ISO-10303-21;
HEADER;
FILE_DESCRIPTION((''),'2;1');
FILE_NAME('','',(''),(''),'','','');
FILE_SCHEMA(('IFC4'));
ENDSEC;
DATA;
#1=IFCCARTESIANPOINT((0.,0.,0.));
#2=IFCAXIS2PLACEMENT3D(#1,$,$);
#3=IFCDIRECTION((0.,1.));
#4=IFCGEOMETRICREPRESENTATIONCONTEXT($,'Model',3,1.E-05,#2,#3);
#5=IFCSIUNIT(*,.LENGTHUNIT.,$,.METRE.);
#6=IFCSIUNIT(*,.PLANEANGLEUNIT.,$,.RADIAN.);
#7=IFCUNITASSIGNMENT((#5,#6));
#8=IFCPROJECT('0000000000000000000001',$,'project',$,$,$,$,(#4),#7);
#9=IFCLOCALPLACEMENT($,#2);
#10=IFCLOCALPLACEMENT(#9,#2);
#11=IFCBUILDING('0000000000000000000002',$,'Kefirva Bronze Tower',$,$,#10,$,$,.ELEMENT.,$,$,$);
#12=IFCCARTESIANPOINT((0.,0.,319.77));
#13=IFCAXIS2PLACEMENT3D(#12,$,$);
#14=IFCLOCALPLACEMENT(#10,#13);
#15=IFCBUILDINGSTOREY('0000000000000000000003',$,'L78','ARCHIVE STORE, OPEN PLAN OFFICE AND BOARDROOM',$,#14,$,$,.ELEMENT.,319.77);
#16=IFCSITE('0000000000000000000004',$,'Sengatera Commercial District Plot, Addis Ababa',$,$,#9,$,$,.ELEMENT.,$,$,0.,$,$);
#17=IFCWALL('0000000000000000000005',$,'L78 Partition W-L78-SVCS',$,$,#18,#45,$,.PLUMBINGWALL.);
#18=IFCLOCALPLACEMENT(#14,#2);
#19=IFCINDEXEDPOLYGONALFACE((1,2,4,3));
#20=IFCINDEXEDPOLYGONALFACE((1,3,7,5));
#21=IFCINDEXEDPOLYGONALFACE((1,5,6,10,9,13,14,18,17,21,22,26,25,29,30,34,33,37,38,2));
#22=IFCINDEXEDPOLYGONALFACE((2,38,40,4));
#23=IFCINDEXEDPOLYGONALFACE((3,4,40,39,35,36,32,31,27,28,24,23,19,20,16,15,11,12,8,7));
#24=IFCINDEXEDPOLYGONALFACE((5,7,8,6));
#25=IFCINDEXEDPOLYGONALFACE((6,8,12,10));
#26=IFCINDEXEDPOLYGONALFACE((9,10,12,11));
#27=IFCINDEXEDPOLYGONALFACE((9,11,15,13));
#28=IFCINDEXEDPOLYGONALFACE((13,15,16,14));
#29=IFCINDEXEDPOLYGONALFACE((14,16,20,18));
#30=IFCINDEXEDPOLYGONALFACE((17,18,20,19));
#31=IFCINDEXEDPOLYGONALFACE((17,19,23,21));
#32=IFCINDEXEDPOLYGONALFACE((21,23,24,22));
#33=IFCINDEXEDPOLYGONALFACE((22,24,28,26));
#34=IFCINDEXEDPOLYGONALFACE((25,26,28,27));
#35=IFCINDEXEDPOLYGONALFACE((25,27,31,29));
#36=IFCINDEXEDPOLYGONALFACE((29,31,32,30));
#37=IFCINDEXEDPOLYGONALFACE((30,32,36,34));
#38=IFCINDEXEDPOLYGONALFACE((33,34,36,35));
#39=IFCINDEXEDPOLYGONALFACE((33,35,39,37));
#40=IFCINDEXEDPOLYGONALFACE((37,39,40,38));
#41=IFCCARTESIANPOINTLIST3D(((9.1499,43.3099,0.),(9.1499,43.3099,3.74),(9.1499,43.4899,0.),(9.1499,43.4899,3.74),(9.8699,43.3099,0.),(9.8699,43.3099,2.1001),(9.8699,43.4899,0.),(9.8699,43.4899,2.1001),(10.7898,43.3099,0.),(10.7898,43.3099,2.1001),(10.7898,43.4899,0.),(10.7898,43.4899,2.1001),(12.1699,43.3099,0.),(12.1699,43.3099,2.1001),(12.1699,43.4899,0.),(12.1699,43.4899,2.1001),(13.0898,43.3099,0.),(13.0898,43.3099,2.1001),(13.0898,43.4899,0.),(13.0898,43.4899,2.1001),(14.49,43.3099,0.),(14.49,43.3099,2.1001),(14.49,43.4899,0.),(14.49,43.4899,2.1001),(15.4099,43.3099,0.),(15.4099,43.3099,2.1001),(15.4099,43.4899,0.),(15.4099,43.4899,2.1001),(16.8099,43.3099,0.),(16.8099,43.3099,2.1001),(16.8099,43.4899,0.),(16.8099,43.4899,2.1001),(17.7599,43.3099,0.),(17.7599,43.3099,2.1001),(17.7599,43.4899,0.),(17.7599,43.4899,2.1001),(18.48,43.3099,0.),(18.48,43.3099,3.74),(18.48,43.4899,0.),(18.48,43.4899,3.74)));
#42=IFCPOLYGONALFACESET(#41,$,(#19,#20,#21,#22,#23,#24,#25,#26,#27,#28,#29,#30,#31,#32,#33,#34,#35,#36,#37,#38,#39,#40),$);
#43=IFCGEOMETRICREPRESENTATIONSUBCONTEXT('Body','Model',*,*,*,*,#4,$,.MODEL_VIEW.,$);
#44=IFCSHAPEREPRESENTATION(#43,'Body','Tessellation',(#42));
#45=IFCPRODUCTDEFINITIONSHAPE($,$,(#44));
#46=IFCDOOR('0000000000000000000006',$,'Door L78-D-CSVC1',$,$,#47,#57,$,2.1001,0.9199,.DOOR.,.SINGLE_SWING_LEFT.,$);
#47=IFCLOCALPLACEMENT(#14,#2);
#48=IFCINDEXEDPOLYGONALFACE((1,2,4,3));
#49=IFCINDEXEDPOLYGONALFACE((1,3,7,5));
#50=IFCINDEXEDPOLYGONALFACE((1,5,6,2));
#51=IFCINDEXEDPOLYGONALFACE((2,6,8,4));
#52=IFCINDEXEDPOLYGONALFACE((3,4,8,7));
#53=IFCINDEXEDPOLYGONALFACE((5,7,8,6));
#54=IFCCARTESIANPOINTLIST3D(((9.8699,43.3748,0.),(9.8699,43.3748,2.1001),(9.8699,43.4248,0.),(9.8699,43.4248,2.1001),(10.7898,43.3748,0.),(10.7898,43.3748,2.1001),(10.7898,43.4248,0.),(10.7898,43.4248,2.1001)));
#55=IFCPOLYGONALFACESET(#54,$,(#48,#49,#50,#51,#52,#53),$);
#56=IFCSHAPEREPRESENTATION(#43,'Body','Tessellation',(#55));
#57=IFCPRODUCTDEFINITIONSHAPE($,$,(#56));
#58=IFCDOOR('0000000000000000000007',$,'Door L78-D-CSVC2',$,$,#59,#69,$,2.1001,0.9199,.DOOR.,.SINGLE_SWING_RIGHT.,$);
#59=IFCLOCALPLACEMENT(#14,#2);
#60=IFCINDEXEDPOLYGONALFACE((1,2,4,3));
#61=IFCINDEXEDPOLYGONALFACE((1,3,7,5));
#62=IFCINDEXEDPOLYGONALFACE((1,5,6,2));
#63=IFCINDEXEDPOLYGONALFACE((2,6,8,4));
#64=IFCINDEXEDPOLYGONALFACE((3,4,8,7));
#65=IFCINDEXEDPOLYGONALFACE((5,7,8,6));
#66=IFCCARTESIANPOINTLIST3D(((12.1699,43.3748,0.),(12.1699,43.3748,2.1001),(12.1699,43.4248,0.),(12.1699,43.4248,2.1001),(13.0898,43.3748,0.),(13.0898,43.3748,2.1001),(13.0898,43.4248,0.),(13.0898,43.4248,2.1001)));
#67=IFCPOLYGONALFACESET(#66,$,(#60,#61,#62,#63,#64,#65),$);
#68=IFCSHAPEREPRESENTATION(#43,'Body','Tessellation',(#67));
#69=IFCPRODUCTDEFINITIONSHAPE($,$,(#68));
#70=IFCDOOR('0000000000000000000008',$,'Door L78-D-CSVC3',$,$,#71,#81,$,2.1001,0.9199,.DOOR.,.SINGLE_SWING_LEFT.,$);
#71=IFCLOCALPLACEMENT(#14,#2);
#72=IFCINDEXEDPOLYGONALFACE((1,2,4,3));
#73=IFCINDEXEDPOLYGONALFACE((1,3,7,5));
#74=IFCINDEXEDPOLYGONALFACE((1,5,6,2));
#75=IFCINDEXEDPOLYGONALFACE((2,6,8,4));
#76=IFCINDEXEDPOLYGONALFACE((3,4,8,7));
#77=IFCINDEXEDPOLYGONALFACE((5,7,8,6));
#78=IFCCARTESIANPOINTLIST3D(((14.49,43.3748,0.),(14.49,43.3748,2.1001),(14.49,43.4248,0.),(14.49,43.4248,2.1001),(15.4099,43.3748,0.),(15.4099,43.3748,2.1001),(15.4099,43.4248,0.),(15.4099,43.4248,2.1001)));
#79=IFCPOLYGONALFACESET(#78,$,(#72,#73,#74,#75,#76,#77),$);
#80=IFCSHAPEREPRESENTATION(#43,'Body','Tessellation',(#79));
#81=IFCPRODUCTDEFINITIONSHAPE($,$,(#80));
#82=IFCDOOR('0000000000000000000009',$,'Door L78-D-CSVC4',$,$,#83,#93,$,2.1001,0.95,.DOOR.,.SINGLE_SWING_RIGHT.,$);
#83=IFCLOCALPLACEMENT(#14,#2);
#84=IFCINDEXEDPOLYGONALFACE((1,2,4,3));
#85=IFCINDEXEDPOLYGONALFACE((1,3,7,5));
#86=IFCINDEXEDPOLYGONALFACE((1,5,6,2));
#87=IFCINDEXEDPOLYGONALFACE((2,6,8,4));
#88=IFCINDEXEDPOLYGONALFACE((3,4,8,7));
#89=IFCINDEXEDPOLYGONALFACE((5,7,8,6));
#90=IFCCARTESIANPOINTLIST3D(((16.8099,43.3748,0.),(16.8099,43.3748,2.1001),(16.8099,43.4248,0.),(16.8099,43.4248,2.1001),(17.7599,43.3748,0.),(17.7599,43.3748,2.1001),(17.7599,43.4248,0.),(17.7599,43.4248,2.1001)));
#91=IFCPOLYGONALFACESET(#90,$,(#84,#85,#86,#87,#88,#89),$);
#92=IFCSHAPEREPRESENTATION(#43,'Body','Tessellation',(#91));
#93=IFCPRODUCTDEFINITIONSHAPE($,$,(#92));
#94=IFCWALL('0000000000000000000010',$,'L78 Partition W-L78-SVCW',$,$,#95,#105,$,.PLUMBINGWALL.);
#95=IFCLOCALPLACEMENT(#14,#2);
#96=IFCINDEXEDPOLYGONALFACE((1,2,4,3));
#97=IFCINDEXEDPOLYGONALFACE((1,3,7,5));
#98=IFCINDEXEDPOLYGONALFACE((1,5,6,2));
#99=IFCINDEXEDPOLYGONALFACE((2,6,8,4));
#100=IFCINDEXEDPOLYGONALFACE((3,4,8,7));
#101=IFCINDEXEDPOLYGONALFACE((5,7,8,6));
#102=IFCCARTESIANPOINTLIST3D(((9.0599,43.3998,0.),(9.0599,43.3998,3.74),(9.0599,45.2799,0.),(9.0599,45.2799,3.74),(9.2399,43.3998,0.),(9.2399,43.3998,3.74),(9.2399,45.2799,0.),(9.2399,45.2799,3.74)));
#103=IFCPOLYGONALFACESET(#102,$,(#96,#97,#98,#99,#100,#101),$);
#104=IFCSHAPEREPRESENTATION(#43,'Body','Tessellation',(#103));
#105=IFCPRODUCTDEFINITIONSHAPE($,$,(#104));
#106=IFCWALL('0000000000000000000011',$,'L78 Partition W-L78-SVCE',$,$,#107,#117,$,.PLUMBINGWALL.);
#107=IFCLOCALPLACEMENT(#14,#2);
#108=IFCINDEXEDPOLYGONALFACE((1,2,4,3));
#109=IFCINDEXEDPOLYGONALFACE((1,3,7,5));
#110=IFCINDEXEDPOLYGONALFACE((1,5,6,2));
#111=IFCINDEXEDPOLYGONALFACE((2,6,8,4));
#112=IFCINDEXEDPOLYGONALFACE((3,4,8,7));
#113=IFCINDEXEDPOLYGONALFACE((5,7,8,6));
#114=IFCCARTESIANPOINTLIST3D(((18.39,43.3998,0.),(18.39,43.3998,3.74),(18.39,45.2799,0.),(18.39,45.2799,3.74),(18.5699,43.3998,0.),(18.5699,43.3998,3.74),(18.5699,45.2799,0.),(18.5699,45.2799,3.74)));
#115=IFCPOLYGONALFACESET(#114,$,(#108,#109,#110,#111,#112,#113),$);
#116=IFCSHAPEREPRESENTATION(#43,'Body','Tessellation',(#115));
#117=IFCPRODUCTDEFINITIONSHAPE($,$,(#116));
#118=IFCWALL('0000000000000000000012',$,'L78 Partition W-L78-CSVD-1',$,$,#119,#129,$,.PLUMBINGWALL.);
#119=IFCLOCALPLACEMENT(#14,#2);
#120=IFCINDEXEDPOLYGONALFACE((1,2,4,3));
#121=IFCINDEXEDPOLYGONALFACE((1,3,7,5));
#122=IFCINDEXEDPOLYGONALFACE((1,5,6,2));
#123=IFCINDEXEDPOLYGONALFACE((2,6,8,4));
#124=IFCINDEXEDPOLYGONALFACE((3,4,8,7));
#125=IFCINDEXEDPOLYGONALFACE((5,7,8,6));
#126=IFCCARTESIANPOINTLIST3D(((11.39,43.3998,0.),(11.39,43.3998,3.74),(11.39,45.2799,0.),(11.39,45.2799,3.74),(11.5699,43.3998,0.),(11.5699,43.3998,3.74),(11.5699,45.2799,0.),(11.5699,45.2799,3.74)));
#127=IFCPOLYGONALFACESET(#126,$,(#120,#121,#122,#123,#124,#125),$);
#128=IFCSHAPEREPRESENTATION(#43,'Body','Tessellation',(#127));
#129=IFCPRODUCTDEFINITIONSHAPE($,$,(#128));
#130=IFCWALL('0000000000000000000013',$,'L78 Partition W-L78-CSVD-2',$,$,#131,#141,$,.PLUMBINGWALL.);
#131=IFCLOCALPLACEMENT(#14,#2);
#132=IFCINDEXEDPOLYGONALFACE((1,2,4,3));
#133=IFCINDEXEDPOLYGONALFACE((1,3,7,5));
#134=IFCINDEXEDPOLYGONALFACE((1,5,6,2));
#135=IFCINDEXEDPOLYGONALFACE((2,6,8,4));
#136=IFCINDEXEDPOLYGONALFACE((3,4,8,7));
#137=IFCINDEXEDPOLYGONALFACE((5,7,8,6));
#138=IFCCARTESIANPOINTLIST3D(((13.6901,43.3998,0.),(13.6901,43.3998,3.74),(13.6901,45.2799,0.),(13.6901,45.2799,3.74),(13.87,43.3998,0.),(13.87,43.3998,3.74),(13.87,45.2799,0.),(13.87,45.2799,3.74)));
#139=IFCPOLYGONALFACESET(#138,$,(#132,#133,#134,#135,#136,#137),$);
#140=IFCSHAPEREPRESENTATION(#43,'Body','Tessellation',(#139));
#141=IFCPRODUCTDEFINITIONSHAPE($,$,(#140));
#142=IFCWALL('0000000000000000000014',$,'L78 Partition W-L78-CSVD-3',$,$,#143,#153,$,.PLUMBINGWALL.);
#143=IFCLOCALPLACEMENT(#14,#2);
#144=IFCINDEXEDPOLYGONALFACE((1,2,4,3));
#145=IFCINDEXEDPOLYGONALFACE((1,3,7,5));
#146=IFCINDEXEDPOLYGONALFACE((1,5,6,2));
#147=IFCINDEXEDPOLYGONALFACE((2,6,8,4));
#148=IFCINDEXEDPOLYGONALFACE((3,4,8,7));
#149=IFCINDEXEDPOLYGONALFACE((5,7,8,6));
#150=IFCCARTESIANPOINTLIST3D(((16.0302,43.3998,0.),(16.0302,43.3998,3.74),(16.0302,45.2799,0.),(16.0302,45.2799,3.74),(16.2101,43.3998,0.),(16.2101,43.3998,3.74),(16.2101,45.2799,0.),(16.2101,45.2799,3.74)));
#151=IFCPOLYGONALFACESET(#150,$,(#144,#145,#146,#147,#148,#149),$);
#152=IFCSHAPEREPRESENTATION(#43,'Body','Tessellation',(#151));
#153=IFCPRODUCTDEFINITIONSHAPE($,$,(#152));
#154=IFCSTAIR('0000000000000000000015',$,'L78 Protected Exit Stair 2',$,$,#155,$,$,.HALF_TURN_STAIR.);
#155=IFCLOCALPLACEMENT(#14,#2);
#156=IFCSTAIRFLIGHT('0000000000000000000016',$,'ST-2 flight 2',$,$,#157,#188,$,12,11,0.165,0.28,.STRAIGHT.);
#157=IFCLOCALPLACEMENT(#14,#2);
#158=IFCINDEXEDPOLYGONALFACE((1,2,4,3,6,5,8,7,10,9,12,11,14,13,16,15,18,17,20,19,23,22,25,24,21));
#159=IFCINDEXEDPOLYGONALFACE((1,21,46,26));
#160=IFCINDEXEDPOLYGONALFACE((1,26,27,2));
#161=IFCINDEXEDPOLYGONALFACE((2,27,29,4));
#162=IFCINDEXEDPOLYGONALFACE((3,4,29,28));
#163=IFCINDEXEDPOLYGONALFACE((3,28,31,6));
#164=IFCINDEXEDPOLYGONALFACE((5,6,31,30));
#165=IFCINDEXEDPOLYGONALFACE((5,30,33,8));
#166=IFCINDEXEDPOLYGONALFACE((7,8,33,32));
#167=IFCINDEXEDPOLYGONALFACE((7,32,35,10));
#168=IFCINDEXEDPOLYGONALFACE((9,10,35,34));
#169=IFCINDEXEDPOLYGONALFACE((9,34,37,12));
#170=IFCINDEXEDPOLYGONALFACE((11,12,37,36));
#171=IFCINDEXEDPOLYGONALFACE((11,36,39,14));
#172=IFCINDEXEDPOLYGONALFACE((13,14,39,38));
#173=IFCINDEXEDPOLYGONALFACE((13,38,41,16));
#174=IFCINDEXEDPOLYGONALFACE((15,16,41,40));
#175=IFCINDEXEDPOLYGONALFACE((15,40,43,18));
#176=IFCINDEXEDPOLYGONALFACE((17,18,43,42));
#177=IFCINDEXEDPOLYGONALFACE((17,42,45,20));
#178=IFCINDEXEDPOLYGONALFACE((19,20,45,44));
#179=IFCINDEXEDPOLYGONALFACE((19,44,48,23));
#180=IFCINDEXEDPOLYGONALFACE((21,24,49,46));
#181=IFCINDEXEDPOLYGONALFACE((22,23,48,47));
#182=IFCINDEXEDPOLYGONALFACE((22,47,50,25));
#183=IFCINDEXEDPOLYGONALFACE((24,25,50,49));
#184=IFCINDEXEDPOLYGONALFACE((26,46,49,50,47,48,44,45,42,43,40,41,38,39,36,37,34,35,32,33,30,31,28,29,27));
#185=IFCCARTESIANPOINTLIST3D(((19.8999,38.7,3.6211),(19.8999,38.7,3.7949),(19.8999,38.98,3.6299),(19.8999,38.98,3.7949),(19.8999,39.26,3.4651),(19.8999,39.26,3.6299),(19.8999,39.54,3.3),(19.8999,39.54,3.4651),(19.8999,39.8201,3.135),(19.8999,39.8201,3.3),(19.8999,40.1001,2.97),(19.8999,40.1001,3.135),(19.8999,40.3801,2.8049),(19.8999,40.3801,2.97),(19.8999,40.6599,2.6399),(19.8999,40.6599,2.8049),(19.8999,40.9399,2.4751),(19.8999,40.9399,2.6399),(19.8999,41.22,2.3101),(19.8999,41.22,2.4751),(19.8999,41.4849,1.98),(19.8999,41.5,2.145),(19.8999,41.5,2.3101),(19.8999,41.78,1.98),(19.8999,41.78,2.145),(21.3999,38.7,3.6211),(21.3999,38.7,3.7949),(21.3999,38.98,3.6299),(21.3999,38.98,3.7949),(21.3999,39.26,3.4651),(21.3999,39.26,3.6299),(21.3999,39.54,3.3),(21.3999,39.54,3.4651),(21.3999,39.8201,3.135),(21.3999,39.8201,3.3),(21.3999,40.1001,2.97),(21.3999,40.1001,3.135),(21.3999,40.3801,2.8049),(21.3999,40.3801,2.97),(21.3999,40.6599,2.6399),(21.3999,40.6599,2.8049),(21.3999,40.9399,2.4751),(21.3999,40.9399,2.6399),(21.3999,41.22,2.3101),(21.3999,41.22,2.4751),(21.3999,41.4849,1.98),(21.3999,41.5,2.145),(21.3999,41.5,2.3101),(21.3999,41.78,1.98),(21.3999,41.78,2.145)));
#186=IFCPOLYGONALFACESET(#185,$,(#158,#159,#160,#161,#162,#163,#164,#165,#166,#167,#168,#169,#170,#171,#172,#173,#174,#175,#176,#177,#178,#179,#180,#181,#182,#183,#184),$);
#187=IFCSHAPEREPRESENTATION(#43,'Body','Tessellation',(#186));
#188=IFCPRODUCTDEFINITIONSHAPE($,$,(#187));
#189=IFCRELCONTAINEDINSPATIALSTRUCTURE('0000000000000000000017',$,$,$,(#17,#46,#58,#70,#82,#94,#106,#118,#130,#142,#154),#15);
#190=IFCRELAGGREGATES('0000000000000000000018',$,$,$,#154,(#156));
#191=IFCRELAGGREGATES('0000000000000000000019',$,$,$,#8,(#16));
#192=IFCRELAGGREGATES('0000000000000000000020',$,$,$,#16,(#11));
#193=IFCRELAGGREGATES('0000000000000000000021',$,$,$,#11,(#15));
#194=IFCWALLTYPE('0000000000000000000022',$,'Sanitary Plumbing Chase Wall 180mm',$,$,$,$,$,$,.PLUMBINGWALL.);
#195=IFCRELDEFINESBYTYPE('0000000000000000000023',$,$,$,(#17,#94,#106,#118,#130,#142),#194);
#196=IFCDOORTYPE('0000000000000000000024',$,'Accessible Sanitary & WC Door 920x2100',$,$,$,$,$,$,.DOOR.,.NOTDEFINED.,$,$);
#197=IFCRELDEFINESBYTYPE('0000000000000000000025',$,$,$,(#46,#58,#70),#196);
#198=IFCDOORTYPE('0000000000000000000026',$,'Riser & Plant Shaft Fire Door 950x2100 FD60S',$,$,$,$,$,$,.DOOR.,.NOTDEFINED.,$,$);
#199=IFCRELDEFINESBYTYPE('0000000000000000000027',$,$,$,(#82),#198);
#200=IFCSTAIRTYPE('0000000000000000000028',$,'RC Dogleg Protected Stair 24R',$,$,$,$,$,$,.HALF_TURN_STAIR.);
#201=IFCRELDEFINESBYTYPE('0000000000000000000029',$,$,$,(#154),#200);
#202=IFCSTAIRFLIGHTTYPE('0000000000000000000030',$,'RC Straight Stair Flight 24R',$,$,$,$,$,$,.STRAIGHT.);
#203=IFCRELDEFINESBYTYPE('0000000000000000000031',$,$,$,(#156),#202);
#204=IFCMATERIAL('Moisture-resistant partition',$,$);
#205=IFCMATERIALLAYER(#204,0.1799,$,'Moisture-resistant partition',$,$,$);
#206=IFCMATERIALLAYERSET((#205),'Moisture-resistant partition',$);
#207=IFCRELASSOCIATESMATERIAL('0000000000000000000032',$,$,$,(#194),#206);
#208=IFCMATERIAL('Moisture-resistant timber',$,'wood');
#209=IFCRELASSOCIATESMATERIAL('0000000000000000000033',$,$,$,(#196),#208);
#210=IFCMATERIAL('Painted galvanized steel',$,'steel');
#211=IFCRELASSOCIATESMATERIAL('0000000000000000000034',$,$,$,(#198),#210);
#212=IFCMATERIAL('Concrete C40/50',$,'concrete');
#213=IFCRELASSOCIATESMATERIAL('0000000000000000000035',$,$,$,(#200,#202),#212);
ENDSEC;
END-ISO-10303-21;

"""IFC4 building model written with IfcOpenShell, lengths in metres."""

from ifc_helpers import new_model, si_unit, direction, frame, frame_2d, origin, place, context, subcontext, project, spatial, polyline, rectangle, outline, extrude, material, layer, layer_set, type_object, element, fill, aggregate, save


model = new_model("IFC4")

# Units and contexts
model_context = context("Model", 3, precision=1e-05, world=origin(), true_north=direction((0.0, 1.0)))
body_context = subcontext(model_context, "Body", "Model", "MODEL_VIEW")
ifc_project = project(units=[si_unit("LENGTHUNIT", "METRE"), si_unit("PLANEANGLEUNIT", "RADIAN")], contexts=[model_context])

# Site, building, storey
site_placement = place(None, origin())
site = spatial("IfcSite", under=ifc_project, at=site_placement, Name="Sengatera Commercial District Plot, Addis Ababa", CompositionType="ELEMENT", RefElevation=0.0)
building_placement = place(site_placement, origin())
building = spatial("IfcBuilding", under=site, at=building_placement, Name="Kefirva Bronze Tower", CompositionType="ELEMENT")
storey_placement = place(building_placement, frame((0.0, 0.0, 319.77)))
storey = spatial("IfcBuildingStorey", under=building, at=storey_placement, Name="L78", Description="ARCHIVE STORE, OPEN PLAN OFFICE AND BOARDROOM", CompositionType="ELEMENT", Elevation=319.77)

# Wall, openings, doors
ifc_material_1 = material(Name="Moisture-resistant partition")
ifc_layer_1 = layer(ifc_material_1, 0.1799, Name="Moisture-resistant partition")
ifc_layer_set_1 = layer_set([ifc_layer_1], Name="Moisture-resistant partition")
wall_type_1 = type_object("IfcWallType", Name="Sanitary Plumbing Chase Wall 180mm", PredefinedType="PLUMBINGWALL", material=ifc_layer_set_1)
wall_1_placement = place(storey_placement, frame((9.1499, 43.3999, 0.0), z_axis=(0.0, 0.0, 1.0), x_axis=(1.0, 0.0, 0.0)))
wall_1 = element("IfcWall", 1, at=wall_1_placement, inside=storey, type_object=wall_type_1, Name="L78 Partition W-L78-SVCS", PredefinedType="PLUMBINGWALL", context=body_context, shape_type="SweptSolid", body=[
    extrude(rectangle(XDim=9.3301, YDim=0.1799, at=frame_2d((4.665, 0.0))), origin(), (0.0, 0.0, 1.0), 3.74),
])
opening_1_placement = place(wall_1_placement, frame((0.72, 0.0, 0.0)))
opening_1 = element("IfcOpeningElement", 2, at=opening_1_placement, cuts=wall_1, PredefinedType="OPENING", context=body_context, shape_type="SweptSolid", body=[
    extrude(rectangle(XDim=0.9199, YDim=2.1001, at=frame_2d((0.46, 1.05))), frame((0.0, 0.1001, 0.0), z_axis=(0.0, -1.0, 0.0), x_axis=(1.0, 0.0, 0.0)), (0.0, 0.0, 1.0), 0.2),
])
opening_2_placement = place(wall_1_placement, frame((3.02, 0.0, 0.0)))
opening_2 = element("IfcOpeningElement", 3, at=opening_2_placement, cuts=wall_1, PredefinedType="OPENING", context=body_context, shape_type="SweptSolid", body=[
    extrude(rectangle(XDim=0.9199, YDim=2.1001, at=frame_2d((0.46, 1.05))), frame((0.0, 0.1001, 0.0), z_axis=(0.0, -1.0, 0.0), x_axis=(1.0, 0.0, 0.0)), (0.0, 0.0, 1.0), 0.2),
])
opening_3_placement = place(wall_1_placement, frame((5.3401, 0.0, 0.0)))
opening_3 = element("IfcOpeningElement", 4, at=opening_3_placement, cuts=wall_1, PredefinedType="OPENING", context=body_context, shape_type="SweptSolid", body=[
    extrude(rectangle(XDim=0.9199, YDim=2.1001, at=frame_2d((0.46, 1.05))), frame((0.0, 0.1001, 0.0), z_axis=(0.0, -1.0, 0.0), x_axis=(1.0, 0.0, 0.0)), (0.0, 0.0, 1.0), 0.2),
])
opening_4_placement = place(wall_1_placement, frame((7.6599, 0.0, 0.0)))
opening_4 = element("IfcOpeningElement", 5, at=opening_4_placement, cuts=wall_1, PredefinedType="OPENING", context=body_context, shape_type="SweptSolid", body=[
    extrude(rectangle(XDim=0.95, YDim=2.1001, at=frame_2d((0.4751, 1.05))), frame((0.0, 0.1001, 0.0), z_axis=(0.0, -1.0, 0.0), x_axis=(1.0, 0.0, 0.0)), (0.0, 0.0, 1.0), 0.2),
])
ifc_material_2 = material(Name="Moisture-resistant timber", Category="wood")
door_type_1 = type_object("IfcDoorType", Name="Accessible Sanitary & WC Door 920x2100", OperationType="NOTDEFINED", PredefinedType="DOOR", material=ifc_material_2)
door_1_placement = place(opening_1_placement, origin())
door_1 = element("IfcDoor", 6, at=door_1_placement, inside=storey, type_object=door_type_1, Name="Door L78-D-CSVC1", OperationType="SINGLE_SWING_LEFT", OverallHeight=2.1001, OverallWidth=0.9199, PredefinedType="DOOR", context=body_context, shape_type="SweptSolid", body=[
    extrude(rectangle(XDim=0.9199, YDim=2.1001, at=frame_2d((0.46, 1.05))), frame((0.0, 0.0249, 0.0), z_axis=(0.0, -1.0, 0.0), x_axis=(1.0, 0.0, 0.0)), (0.0, 0.0, 1.0), 0.05),
])
fill(opening_1, door_1)
door_2_placement = place(opening_2_placement, origin())
door_2 = element("IfcDoor", 7, at=door_2_placement, inside=storey, type_object=door_type_1, Name="Door L78-D-CSVC2", OperationType="SINGLE_SWING_RIGHT", OverallHeight=2.1001, OverallWidth=0.9199, PredefinedType="DOOR", context=body_context, shape_type="SweptSolid", body=[
    extrude(rectangle(XDim=0.9199, YDim=2.1001, at=frame_2d((0.46, 1.05))), frame((0.0, 0.0249, 0.0), z_axis=(0.0, -1.0, 0.0), x_axis=(1.0, 0.0, 0.0)), (0.0, 0.0, 1.0), 0.05),
])
fill(opening_2, door_2)
door_3_placement = place(opening_3_placement, origin())
door_3 = element("IfcDoor", 8, at=door_3_placement, inside=storey, type_object=door_type_1, Name="Door L78-D-CSVC3", OperationType="SINGLE_SWING_LEFT", OverallHeight=2.1001, OverallWidth=0.9199, PredefinedType="DOOR", context=body_context, shape_type="SweptSolid", body=[
    extrude(rectangle(XDim=0.9199, YDim=2.1001, at=frame_2d((0.46, 1.05))), frame((0.0, 0.0249, 0.0), z_axis=(0.0, -1.0, 0.0), x_axis=(1.0, 0.0, 0.0)), (0.0, 0.0, 1.0), 0.05),
])
fill(opening_3, door_3)
ifc_material_3 = material(Name="Painted galvanized steel", Category="steel")
door_type_2 = type_object("IfcDoorType", Name="Riser & Plant Shaft Fire Door 950x2100 FD60S", OperationType="NOTDEFINED", PredefinedType="DOOR", material=ifc_material_3)
door_4_placement = place(opening_4_placement, origin())
door_4 = element("IfcDoor", 9, at=door_4_placement, inside=storey, type_object=door_type_2, Name="Door L78-D-CSVC4", OperationType="SINGLE_SWING_RIGHT", OverallHeight=2.1001, OverallWidth=0.95, PredefinedType="DOOR", context=body_context, shape_type="SweptSolid", body=[
    extrude(rectangle(XDim=0.95, YDim=2.1001, at=frame_2d((0.4751, 1.05))), frame((0.0, 0.0249, 0.0), z_axis=(0.0, -1.0, 0.0), x_axis=(1.0, 0.0, 0.0)), (0.0, 0.0, 1.0), 0.05),
])
fill(opening_4, door_4)

# Walls
for number, where, z_axis, x_axis, name in (
    (10, (9.1499, 43.3999, 0.0), (0.0, 0.0, 1.0), (0.0, 1.0, 0.0), "L78 Partition W-L78-SVCW"),
    (11, (18.48, 43.3999, 0.0), (0.0, 0.0, 1.0), (0.0, 1.0, 0.0), "L78 Partition W-L78-SVCE"),
    (12, (11.48, 43.3999, 0.0), (0.0, 0.0, 1.0), (0.0, 1.0, 0.0), "L78 Partition W-L78-CSVD-1"),
    (13, (13.78, 43.3999, 0.0), (0.0, 0.0, 1.0), (0.0, 1.0, 0.0), "L78 Partition W-L78-CSVD-2"),
    (14, (16.1201, 43.3999, 0.0), (0.0, 0.0, 1.0), (0.0, 1.0, 0.0), "L78 Partition W-L78-CSVD-3"),
):
    element("IfcWall", number, at=place(storey_placement, frame(where, z_axis=z_axis, x_axis=x_axis)), inside=storey, type_object=wall_type_1, Name=name, PredefinedType="PLUMBINGWALL", context=body_context, shape_type="SweptSolid", body=[
        extrude(rectangle(XDim=1.8801, YDim=0.1799, at=frame_2d((0.9399, 0.0))), origin(), (0.0, 0.0, 1.0), 3.74),
    ])

# Stair, stair flight
ifc_material_4 = material(Name="Concrete C40/50", Category="concrete")
stair_type = type_object("IfcStairType", Name="RC Dogleg Protected Stair 24R", PredefinedType="HALF_TURN_STAIR", material=ifc_material_4)
stair_placement = place(storey_placement, origin())
stair = element("IfcStair", 15, at=stair_placement, inside=storey, type_object=stair_type, Name="L78 Protected Exit Stair 2", PredefinedType="HALF_TURN_STAIR")
stair_flight_type = type_object("IfcStairFlightType", Name="RC Straight Stair Flight 24R", PredefinedType="STRAIGHT", material=ifc_material_4)
stair_flight_placement = place(storey_placement, frame((20.6499, 41.78, 1.98), z_axis=(0.0, 0.0, 1.0), x_axis=(0.0, -1.0, 0.0)))
stair_flight = element("IfcStairFlight", 16, at=stair_flight_placement, type_object=stair_flight_type, Name="ST-2 flight 2", NumberOfRisers=12, NumberOfTreads=11, PredefinedType="STRAIGHT", RiserHeight=0.165, TreadLength=0.28, context=body_context, shape_type="SweptSolid", body=[
    extrude(outline(polyline([(0.0, 0.0), (0.0, 0.165), (0.28, 0.165), (0.28, 0.3301), (0.5601, 0.3301), (0.5601, 0.4951), (0.8401, 0.4951), (0.8401, 0.6599), (1.1201, 0.6599), (1.1201, 0.825), (1.3999, 0.825), (1.3999, 0.99), (1.6799, 0.99), (1.6799, 1.155), (1.96, 1.155), (1.96, 1.3201), (2.24, 1.3201), (2.24, 1.4851), (2.52, 1.4851), (2.52, 1.6499), (2.8, 1.6499), (2.8, 1.8149), (3.0801, 1.8149), (3.0801, 1.98), (3.0801, 1.6411), (0.2952, 0.0), (0.0, 0.0)])), frame((0.0, 0.75, 0.0), z_axis=(0.0, -1.0, 0.0), x_axis=(1.0, 0.0, 0.0)), (0.0, 0.0, 1.0), 1.5),
])
aggregate(stair, [stair_flight])

save(model, "model.ifc")
